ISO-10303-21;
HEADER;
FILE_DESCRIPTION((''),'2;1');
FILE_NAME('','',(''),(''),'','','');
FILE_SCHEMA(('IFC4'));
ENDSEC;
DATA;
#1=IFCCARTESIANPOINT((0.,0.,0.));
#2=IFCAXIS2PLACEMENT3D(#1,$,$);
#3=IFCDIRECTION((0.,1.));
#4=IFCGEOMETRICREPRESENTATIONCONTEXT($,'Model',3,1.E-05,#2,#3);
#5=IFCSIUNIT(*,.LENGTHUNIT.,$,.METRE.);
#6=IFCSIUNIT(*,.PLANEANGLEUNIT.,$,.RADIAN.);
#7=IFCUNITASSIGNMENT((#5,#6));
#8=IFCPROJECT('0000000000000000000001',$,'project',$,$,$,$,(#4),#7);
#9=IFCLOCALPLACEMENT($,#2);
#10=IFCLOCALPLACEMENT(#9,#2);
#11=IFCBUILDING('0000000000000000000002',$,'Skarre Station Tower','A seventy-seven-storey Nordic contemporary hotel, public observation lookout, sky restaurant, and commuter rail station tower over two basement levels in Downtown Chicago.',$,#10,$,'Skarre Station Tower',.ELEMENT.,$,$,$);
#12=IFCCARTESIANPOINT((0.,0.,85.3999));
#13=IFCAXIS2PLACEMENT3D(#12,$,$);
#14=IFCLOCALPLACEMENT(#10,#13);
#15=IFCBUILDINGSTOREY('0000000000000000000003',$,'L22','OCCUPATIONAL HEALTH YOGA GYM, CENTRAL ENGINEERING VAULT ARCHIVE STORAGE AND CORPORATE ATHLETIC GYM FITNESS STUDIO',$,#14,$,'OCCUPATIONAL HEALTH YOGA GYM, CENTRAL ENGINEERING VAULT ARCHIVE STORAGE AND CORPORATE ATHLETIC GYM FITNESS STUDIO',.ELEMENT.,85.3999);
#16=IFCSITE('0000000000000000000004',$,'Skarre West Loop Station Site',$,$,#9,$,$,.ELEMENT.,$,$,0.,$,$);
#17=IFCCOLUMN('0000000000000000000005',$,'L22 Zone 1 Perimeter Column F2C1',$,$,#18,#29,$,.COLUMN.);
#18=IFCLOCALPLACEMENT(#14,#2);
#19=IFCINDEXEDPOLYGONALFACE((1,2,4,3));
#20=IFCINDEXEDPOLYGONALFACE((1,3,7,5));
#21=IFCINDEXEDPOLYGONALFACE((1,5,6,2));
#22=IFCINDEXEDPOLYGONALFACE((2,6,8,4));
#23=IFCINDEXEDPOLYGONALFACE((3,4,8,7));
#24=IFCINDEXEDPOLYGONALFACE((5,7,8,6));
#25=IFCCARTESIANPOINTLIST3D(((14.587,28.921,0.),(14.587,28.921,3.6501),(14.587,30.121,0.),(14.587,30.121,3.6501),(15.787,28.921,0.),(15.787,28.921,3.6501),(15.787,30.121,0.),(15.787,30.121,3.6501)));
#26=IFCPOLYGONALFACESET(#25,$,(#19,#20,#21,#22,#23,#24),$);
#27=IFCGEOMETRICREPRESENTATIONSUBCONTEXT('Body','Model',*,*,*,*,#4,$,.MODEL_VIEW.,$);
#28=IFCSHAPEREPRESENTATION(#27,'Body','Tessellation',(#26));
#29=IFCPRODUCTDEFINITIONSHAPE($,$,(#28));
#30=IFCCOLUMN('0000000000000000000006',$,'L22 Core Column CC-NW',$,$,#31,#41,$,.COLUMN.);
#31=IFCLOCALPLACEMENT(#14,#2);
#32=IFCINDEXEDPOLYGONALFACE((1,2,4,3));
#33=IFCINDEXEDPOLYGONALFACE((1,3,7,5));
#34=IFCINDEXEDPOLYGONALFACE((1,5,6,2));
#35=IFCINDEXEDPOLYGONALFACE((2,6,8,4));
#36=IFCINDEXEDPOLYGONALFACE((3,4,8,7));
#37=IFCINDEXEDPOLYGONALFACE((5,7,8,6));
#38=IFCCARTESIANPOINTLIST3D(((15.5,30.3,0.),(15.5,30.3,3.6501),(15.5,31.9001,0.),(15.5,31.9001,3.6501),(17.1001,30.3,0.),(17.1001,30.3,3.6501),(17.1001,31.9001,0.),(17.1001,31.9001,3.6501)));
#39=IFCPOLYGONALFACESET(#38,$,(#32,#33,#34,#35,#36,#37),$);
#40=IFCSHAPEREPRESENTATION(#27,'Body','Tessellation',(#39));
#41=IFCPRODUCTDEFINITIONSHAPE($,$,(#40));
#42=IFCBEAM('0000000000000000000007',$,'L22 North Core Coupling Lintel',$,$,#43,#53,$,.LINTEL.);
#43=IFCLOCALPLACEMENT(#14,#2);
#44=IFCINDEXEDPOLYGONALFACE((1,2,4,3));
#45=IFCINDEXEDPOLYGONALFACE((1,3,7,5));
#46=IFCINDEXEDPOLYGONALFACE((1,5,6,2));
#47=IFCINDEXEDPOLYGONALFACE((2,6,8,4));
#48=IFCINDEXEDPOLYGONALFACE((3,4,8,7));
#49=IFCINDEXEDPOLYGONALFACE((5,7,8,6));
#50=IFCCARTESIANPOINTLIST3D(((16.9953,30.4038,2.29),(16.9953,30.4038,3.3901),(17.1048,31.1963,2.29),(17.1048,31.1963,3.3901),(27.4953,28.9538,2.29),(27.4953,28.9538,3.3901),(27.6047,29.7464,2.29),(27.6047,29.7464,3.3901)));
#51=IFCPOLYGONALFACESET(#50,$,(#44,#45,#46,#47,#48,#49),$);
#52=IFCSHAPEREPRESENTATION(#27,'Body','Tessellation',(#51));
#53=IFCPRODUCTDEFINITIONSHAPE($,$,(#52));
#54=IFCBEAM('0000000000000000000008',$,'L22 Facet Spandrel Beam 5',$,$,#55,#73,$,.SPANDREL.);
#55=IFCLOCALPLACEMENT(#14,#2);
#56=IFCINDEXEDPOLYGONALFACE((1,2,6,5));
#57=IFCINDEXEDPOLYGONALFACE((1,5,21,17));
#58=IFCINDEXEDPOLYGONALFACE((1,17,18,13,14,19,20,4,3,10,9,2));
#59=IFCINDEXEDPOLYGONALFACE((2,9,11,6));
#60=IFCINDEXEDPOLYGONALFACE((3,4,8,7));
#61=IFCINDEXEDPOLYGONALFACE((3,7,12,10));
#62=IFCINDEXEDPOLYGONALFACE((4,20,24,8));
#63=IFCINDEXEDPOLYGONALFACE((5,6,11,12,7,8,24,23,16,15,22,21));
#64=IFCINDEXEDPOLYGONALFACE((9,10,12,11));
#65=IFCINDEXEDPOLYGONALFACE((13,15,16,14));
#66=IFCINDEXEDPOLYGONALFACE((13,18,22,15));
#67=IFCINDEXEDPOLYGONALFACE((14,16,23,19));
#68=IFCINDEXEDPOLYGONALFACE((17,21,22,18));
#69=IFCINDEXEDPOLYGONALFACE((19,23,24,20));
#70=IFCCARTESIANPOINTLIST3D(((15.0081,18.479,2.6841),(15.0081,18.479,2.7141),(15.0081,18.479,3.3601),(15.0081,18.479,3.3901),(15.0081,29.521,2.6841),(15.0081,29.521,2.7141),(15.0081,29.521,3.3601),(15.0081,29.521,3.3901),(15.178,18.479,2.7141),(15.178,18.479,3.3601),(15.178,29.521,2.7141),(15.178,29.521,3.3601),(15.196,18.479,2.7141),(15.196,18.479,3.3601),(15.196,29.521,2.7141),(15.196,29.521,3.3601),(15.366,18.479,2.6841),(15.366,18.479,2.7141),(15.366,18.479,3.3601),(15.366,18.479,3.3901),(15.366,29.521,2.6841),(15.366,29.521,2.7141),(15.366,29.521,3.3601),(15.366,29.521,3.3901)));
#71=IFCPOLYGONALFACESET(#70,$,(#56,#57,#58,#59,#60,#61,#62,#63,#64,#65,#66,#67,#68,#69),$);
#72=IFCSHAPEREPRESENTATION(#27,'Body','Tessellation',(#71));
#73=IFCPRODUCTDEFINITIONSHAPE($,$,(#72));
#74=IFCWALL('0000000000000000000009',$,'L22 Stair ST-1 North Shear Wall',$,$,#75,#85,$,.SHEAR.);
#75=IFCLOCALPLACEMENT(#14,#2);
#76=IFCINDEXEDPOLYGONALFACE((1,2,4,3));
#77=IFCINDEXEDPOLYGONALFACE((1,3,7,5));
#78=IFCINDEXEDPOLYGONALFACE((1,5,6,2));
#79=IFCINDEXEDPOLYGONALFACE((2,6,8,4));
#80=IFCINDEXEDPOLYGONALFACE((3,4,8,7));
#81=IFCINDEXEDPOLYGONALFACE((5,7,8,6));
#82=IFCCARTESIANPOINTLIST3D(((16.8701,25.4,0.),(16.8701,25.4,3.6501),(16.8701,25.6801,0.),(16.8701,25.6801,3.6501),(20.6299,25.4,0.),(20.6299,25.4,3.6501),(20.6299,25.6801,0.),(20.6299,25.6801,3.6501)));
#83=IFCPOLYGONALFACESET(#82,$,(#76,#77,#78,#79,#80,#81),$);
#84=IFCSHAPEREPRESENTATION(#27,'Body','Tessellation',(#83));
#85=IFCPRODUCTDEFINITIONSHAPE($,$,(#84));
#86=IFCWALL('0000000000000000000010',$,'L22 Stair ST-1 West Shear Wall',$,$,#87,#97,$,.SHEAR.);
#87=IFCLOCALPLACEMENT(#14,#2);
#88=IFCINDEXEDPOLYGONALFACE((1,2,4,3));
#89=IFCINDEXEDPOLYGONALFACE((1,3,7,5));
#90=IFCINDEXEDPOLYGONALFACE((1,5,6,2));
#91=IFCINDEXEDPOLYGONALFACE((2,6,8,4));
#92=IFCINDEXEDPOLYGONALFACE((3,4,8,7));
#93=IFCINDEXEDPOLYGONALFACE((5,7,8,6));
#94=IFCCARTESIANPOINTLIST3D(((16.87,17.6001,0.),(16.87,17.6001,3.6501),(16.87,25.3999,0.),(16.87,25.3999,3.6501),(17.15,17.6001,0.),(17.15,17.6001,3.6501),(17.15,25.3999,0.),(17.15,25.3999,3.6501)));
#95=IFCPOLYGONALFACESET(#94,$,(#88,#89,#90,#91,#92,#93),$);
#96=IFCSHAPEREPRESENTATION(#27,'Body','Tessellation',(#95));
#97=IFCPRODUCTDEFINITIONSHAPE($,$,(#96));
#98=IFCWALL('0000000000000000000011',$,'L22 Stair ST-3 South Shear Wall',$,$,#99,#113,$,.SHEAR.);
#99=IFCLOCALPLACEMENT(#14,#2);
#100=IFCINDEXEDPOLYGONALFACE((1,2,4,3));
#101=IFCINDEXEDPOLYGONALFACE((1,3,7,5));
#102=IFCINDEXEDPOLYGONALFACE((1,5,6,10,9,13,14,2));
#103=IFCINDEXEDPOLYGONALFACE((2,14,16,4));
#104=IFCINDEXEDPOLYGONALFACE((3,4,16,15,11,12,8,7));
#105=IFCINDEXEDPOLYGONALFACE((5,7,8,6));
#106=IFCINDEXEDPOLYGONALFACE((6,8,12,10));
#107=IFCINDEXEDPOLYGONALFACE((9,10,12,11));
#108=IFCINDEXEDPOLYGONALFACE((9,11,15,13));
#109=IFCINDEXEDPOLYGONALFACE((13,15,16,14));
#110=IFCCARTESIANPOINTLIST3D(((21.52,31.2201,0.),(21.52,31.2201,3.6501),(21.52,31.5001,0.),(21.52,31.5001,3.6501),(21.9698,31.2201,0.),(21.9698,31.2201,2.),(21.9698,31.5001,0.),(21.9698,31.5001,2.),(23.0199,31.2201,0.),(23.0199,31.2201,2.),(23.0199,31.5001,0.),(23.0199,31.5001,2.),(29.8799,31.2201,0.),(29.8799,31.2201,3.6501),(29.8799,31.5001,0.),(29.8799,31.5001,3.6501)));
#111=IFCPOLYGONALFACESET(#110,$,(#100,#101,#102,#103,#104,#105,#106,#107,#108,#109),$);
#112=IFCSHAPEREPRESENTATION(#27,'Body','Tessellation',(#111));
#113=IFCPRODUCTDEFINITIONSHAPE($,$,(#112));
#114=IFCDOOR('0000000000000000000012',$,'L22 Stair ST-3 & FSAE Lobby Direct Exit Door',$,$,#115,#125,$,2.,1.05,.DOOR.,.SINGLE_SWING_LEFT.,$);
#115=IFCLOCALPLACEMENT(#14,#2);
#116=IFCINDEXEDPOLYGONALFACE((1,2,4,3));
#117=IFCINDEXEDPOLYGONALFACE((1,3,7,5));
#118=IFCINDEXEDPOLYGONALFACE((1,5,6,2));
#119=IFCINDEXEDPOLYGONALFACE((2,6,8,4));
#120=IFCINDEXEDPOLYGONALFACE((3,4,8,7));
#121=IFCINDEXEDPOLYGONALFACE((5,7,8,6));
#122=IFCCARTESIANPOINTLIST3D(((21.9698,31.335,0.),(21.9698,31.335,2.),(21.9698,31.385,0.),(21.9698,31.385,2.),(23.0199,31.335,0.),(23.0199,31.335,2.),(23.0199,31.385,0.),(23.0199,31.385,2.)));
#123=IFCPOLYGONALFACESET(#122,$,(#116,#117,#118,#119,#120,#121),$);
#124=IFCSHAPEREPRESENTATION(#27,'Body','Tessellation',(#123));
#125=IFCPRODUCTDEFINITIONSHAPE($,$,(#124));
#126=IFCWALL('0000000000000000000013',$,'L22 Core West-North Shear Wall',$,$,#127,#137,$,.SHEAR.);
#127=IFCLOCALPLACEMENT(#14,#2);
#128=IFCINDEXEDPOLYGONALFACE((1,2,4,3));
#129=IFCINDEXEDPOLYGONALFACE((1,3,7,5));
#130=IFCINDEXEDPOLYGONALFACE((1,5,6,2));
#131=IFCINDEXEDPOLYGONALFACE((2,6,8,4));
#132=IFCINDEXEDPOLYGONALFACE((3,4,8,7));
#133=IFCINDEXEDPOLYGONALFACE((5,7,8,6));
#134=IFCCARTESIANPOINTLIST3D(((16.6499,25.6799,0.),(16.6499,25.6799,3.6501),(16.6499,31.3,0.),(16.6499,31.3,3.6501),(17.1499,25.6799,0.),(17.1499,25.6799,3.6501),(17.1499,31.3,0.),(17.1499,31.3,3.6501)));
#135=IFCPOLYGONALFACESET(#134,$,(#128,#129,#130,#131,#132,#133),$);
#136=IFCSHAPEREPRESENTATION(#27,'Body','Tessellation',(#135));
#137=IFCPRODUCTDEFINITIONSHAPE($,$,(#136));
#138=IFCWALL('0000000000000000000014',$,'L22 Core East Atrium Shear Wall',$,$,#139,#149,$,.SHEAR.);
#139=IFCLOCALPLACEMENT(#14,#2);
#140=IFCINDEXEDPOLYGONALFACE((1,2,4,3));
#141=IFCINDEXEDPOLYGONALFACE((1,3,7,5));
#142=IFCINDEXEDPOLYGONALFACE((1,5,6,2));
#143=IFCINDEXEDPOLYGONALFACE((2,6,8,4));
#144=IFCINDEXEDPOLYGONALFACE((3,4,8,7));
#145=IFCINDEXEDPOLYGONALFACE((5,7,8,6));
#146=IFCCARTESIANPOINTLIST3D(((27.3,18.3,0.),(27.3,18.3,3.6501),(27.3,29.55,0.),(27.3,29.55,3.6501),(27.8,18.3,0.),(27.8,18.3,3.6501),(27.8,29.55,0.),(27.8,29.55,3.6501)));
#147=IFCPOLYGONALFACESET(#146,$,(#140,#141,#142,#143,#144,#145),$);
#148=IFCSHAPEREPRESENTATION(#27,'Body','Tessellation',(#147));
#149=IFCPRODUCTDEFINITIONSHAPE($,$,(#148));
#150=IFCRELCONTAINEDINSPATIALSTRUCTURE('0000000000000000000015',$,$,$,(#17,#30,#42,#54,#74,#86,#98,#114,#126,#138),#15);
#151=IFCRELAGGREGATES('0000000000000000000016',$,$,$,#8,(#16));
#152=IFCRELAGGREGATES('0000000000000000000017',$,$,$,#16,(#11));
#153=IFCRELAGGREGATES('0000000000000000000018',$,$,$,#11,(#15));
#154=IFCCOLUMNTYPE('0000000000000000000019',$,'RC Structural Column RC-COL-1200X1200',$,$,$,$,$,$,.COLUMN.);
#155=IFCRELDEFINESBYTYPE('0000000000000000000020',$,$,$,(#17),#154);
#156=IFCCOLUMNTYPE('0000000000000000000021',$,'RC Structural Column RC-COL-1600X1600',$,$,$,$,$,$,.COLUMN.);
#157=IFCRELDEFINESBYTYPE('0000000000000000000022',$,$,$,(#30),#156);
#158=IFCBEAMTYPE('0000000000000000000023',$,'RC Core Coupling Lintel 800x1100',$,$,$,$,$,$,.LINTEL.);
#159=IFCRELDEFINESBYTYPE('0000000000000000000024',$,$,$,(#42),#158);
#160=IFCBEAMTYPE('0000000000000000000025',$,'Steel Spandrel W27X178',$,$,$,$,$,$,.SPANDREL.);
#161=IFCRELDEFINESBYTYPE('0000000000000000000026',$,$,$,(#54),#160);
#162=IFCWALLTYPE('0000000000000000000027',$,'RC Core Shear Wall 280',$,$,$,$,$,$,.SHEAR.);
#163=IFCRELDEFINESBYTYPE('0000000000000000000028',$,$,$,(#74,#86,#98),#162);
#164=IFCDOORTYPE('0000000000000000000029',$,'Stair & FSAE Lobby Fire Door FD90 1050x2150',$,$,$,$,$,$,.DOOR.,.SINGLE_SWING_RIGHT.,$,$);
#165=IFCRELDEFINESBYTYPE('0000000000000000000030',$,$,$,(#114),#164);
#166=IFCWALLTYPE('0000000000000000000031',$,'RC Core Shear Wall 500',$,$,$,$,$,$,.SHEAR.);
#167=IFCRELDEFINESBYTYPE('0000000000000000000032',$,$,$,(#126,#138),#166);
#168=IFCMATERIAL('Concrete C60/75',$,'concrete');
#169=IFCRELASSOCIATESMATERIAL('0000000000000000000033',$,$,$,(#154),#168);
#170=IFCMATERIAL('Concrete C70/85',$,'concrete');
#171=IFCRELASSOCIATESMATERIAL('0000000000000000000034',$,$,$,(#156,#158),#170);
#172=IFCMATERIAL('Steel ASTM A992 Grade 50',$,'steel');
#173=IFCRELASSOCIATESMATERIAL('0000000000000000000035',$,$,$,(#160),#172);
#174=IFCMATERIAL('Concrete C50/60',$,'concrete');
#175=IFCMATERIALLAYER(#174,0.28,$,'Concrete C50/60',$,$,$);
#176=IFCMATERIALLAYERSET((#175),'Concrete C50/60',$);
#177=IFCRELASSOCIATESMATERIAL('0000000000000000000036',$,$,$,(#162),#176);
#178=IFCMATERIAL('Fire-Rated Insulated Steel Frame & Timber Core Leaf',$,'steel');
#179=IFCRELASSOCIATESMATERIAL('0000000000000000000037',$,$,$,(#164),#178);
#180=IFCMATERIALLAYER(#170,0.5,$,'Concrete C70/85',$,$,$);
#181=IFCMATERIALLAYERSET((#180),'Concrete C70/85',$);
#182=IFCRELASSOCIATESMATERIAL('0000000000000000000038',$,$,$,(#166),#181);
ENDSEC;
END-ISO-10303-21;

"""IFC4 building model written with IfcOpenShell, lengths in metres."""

from ifc_helpers import new_model, si_unit, direction, frame, frame_2d, origin, origin_2d, place, context, subcontext, project, spatial, rectangle, i_section, extrude, material, layer, layer_set, material_profile, profile_set, type_object, element, fill, save


model = new_model("IFC4")

# Units and contexts
model_context = context("Model", 3, precision=1e-05, world=origin(), true_north=direction((0.0, 1.0)))
body_context = subcontext(model_context, "Body", "Model", "MODEL_VIEW")
ifc_project = project(units=[si_unit("LENGTHUNIT", "METRE"), si_unit("PLANEANGLEUNIT", "RADIAN")], contexts=[model_context])

# Site, building, storey
site_placement = place(None, origin())
site = spatial("IfcSite", under=ifc_project, at=site_placement, Name="Skarre West Loop Station Site", CompositionType="ELEMENT", RefElevation=0.0)
building_placement = place(site_placement, origin())
building = spatial("IfcBuilding", under=site, at=building_placement, Name="Skarre Station Tower", Description="A seventy-seven-storey Nordic contemporary hotel, public observation lookout, sky restaurant, and commuter rail station tower over two basement levels in Downtown Chicago.", LongName="Skarre Station Tower", CompositionType="ELEMENT")
storey_placement = place(building_placement, frame((0.0, 0.0, 85.3999)))
storey = spatial("IfcBuildingStorey", under=building, at=storey_placement, Name="L22", Description="OCCUPATIONAL HEALTH YOGA GYM, CENTRAL ENGINEERING VAULT ARCHIVE STORAGE AND CORPORATE ATHLETIC GYM FITNESS STUDIO", LongName="OCCUPATIONAL HEALTH YOGA GYM, CENTRAL ENGINEERING VAULT ARCHIVE STORAGE AND CORPORATE ATHLETIC GYM FITNESS STUDIO", CompositionType="ELEMENT", Elevation=85.3999)

# Columns
ifc_material_1 = material(Name="Concrete C60/75", Category="concrete")
ifc_material_profile_1 = material_profile(ifc_material_1, rectangle(XDim=1.2, YDim=1.2, at=origin_2d()), Name="Concrete C60/75")
ifc_profile_set_1 = profile_set([ifc_material_profile_1], Name="Concrete C60/75")
column_type_1 = type_object("IfcColumnType", Name="RC Structural Column RC-COL-1200X1200", PredefinedType="COLUMN", material=ifc_profile_set_1)
column_1_placement = place(storey_placement, frame((15.187, 29.521, 0.0), z_axis=(0.0, 0.0, 1.0), x_axis=(1.0, 0.0, 0.0)))
element("IfcColumn", 1, at=column_1_placement, inside=storey, type_object=column_type_1, Name="L22 Zone 1 Perimeter Column F2C1", PredefinedType="COLUMN", context=body_context, shape_type="SweptSolid", body=[
    extrude(rectangle(XDim=1.2, YDim=1.2, at=origin_2d()), origin(), (0.0, 0.0, 1.0), 3.6501),
])
ifc_material_2 = material(Name="Concrete C70/85", Category="concrete")
ifc_material_profile_2 = material_profile(ifc_material_2, rectangle(XDim=1.6001, YDim=1.6001, at=origin_2d()), Name="Concrete C70/85")
ifc_profile_set_2 = profile_set([ifc_material_profile_2], Name="Concrete C70/85")
column_type_2 = type_object("IfcColumnType", Name="RC Structural Column RC-COL-1600X1600", PredefinedType="COLUMN", material=ifc_profile_set_2)
column_2_placement = place(storey_placement, frame((16.3, 31.1001, 0.0), z_axis=(0.0, 0.0, 1.0), x_axis=(1.0, 0.0, 0.0)))
element("IfcColumn", 2, at=column_2_placement, inside=storey, type_object=column_type_2, Name="L22 Core Column CC-NW", PredefinedType="COLUMN", context=body_context, shape_type="SweptSolid", body=[
    extrude(rectangle(XDim=1.6001, YDim=1.6001, at=origin_2d()), origin(), (0.0, 0.0, 1.0), 3.6501),
])

# Beams
ifc_material_profile_3 = material_profile(ifc_material_2, rectangle(XDim=0.8, YDim=1.1001, at=origin_2d()), Name="Concrete C70/85")
ifc_profile_set_3 = profile_set([ifc_material_profile_3], Name="Concrete C70/85")
beam_type_1 = type_object("IfcBeamType", Name="RC Core Coupling Lintel 800x1100", PredefinedType="LINTEL", material=ifc_profile_set_3)
beam_1_placement = place(storey_placement, frame((17.05, 30.8, 2.8401), z_axis=(0.9906, -0.136792, 0.0), x_axis=(0.136792, 0.9906, 0.0)))
element("IfcBeam", 3, at=beam_1_placement, inside=storey, type_object=beam_type_1, Name="L22 North Core Coupling Lintel", PredefinedType="LINTEL", context=body_context, shape_type="SweptSolid", body=[
    extrude(rectangle(XDim=0.8, YDim=1.1001, at=origin_2d()), origin(), (0.0, 0.0, 1.0), 10.5996),
])
ifc_material_3 = material(Name="Steel ASTM A992 Grade 50", Category="steel")
ifc_material_profile_4 = material_profile(ifc_material_3, i_section(OverallWidth=0.3579, OverallDepth=0.7061, WebThickness=0.0181, FlangeThickness=0.03, at=origin_2d()), Name="Steel ASTM A992 Grade 50")
ifc_profile_set_4 = profile_set([ifc_material_profile_4], Name="Steel ASTM A992 Grade 50")
beam_type_2 = type_object("IfcBeamType", Name="Steel Spandrel W27X178", PredefinedType="SPANDREL", material=ifc_profile_set_4)
beam_2_placement = place(storey_placement, frame((15.187, 29.521, 3.0371), z_axis=(0.0, -1.0, 0.0), x_axis=(1.0, 0.0, 0.0)))
element("IfcBeam", 4, at=beam_2_placement, inside=storey, type_object=beam_type_2, Name="L22 Facet Spandrel Beam 5", PredefinedType="SPANDREL", context=body_context, shape_type="SweptSolid", body=[
    extrude(i_section(OverallWidth=0.3579, OverallDepth=0.7061, WebThickness=0.0181, FlangeThickness=0.03, at=origin_2d()), origin(), (0.0, 0.0, 1.0), 11.042),
])

# Walls
ifc_material_4 = material(Name="Concrete C50/60", Category="concrete")
ifc_layer_1 = layer(ifc_material_4, 0.28, Name="Concrete C50/60")
ifc_layer_set_1 = layer_set([ifc_layer_1], Name="Concrete C50/60")
wall_type_1 = type_object("IfcWallType", Name="RC Core Shear Wall 280", PredefinedType="SHEAR", material=ifc_layer_set_1)
wall_1_placement = place(storey_placement, frame((20.6299, 25.54, 0.0), z_axis=(0.0, 0.0, 1.0), x_axis=(-1.0, 0.0, 0.0)))
element("IfcWall", 5, at=wall_1_placement, inside=storey, type_object=wall_type_1, Name="L22 Stair ST-1 North Shear Wall", PredefinedType="SHEAR", context=body_context, shape_type="SweptSolid", body=[
    extrude(rectangle(XDim=3.7598, YDim=0.28, at=frame_2d((1.8799, 0.0))), origin(), (0.0, 0.0, 1.0), 3.6501),
])
wall_2_placement = place(storey_placement, frame((17.01, 25.3999, 0.0), z_axis=(0.0, 0.0, 1.0), x_axis=(0.0, -1.0, 0.0)))
element("IfcWall", 6, at=wall_2_placement, inside=storey, type_object=wall_type_1, Name="L22 Stair ST-1 West Shear Wall", PredefinedType="SHEAR", context=body_context, shape_type="SweptSolid", body=[
    extrude(rectangle(XDim=7.7998, YDim=0.28, at=frame_2d((3.8999, 0.0))), origin(), (0.0, 0.0, 1.0), 3.6501),
])

# Wall, opening, door
wall_3_placement = place(storey_placement, frame((21.52, 31.3601, 0.0), z_axis=(0.0, 0.0, 1.0), x_axis=(1.0, 0.0, 0.0)))
wall_3 = element("IfcWall", 7, at=wall_3_placement, inside=storey, type_object=wall_type_1, Name="L22 Stair ST-3 South Shear Wall", PredefinedType="SHEAR", context=body_context, shape_type="SweptSolid", body=[
    extrude(rectangle(XDim=8.3599, YDim=0.28, at=frame_2d((4.1799, 0.0))), origin(), (0.0, 0.0, 1.0), 3.6501),
])
opening_1_placement = place(wall_3_placement, frame((0.45, 0.0, 0.0)))
opening_1 = element("IfcOpeningElement", 8, at=opening_1_placement, cuts=wall_3, PredefinedType="OPENING", context=body_context, shape_type="SweptSolid", body=[
    extrude(rectangle(XDim=1.05, YDim=2.0, at=frame_2d((0.5249, 1.0))), frame((0.0, 0.1499, 0.0), z_axis=(0.0, -1.0, 0.0), x_axis=(1.0, 0.0, 0.0)), (0.0, 0.0, 1.0), 0.3),
])
ifc_material_5 = material(Name="Fire-Rated Insulated Steel Frame & Timber Core Leaf", Category="steel")
door_type_1 = type_object("IfcDoorType", Name="Stair & FSAE Lobby Fire Door FD90 1050x2150", OperationType="SINGLE_SWING_RIGHT", PredefinedType="DOOR", material=ifc_material_5)
door_1_placement = place(opening_1_placement, origin())
door_1 = element("IfcDoor", 9, at=door_1_placement, inside=storey, type_object=door_type_1, Name="L22 Stair ST-3 & FSAE Lobby Direct Exit Door", OperationType="SINGLE_SWING_LEFT", OverallHeight=2.0, OverallWidth=1.05, PredefinedType="DOOR", context=body_context, shape_type="SweptSolid", body=[
    extrude(rectangle(XDim=1.05, YDim=2.0, at=frame_2d((0.5249, 1.0))), frame((0.0, 0.0249, 0.0), z_axis=(0.0, -1.0, 0.0), x_axis=(1.0, 0.0, 0.0)), (0.0, 0.0, 1.0), 0.05),
])
fill(opening_1, door_1)

# Walls
ifc_layer_2 = layer(ifc_material_2, 0.5, Name="Concrete C70/85")
ifc_layer_set_2 = layer_set([ifc_layer_2], Name="Concrete C70/85")
wall_type_2 = type_object("IfcWallType", Name="RC Core Shear Wall 500", PredefinedType="SHEAR", material=ifc_layer_set_2)
wall_4_placement = place(storey_placement, frame((16.8999, 25.6799, 0.0), z_axis=(0.0, 0.0, 1.0), x_axis=(0.0, 1.0, 0.0)))
element("IfcWall", 10, at=wall_4_placement, inside=storey, type_object=wall_type_2, Name="L22 Core West-North Shear Wall", PredefinedType="SHEAR", context=body_context, shape_type="SweptSolid", body=[
    extrude(rectangle(XDim=5.6201, YDim=0.5, at=frame_2d((2.8101, 0.0))), origin(), (0.0, 0.0, 1.0), 3.6501),
])
wall_5_placement = place(storey_placement, frame((27.55, 29.55, 0.0), z_axis=(0.0, 0.0, 1.0), x_axis=(0.0, -1.0, 0.0)))
element("IfcWall", 11, at=wall_5_placement, inside=storey, type_object=wall_type_2, Name="L22 Core East Atrium Shear Wall", PredefinedType="SHEAR", context=body_context, shape_type="SweptSolid", body=[
    extrude(rectangle(XDim=11.25, YDim=0.5, at=frame_2d((5.625, 0.0))), origin(), (0.0, 0.0, 1.0), 3.6501),
])

save(model, "model.ifc")
